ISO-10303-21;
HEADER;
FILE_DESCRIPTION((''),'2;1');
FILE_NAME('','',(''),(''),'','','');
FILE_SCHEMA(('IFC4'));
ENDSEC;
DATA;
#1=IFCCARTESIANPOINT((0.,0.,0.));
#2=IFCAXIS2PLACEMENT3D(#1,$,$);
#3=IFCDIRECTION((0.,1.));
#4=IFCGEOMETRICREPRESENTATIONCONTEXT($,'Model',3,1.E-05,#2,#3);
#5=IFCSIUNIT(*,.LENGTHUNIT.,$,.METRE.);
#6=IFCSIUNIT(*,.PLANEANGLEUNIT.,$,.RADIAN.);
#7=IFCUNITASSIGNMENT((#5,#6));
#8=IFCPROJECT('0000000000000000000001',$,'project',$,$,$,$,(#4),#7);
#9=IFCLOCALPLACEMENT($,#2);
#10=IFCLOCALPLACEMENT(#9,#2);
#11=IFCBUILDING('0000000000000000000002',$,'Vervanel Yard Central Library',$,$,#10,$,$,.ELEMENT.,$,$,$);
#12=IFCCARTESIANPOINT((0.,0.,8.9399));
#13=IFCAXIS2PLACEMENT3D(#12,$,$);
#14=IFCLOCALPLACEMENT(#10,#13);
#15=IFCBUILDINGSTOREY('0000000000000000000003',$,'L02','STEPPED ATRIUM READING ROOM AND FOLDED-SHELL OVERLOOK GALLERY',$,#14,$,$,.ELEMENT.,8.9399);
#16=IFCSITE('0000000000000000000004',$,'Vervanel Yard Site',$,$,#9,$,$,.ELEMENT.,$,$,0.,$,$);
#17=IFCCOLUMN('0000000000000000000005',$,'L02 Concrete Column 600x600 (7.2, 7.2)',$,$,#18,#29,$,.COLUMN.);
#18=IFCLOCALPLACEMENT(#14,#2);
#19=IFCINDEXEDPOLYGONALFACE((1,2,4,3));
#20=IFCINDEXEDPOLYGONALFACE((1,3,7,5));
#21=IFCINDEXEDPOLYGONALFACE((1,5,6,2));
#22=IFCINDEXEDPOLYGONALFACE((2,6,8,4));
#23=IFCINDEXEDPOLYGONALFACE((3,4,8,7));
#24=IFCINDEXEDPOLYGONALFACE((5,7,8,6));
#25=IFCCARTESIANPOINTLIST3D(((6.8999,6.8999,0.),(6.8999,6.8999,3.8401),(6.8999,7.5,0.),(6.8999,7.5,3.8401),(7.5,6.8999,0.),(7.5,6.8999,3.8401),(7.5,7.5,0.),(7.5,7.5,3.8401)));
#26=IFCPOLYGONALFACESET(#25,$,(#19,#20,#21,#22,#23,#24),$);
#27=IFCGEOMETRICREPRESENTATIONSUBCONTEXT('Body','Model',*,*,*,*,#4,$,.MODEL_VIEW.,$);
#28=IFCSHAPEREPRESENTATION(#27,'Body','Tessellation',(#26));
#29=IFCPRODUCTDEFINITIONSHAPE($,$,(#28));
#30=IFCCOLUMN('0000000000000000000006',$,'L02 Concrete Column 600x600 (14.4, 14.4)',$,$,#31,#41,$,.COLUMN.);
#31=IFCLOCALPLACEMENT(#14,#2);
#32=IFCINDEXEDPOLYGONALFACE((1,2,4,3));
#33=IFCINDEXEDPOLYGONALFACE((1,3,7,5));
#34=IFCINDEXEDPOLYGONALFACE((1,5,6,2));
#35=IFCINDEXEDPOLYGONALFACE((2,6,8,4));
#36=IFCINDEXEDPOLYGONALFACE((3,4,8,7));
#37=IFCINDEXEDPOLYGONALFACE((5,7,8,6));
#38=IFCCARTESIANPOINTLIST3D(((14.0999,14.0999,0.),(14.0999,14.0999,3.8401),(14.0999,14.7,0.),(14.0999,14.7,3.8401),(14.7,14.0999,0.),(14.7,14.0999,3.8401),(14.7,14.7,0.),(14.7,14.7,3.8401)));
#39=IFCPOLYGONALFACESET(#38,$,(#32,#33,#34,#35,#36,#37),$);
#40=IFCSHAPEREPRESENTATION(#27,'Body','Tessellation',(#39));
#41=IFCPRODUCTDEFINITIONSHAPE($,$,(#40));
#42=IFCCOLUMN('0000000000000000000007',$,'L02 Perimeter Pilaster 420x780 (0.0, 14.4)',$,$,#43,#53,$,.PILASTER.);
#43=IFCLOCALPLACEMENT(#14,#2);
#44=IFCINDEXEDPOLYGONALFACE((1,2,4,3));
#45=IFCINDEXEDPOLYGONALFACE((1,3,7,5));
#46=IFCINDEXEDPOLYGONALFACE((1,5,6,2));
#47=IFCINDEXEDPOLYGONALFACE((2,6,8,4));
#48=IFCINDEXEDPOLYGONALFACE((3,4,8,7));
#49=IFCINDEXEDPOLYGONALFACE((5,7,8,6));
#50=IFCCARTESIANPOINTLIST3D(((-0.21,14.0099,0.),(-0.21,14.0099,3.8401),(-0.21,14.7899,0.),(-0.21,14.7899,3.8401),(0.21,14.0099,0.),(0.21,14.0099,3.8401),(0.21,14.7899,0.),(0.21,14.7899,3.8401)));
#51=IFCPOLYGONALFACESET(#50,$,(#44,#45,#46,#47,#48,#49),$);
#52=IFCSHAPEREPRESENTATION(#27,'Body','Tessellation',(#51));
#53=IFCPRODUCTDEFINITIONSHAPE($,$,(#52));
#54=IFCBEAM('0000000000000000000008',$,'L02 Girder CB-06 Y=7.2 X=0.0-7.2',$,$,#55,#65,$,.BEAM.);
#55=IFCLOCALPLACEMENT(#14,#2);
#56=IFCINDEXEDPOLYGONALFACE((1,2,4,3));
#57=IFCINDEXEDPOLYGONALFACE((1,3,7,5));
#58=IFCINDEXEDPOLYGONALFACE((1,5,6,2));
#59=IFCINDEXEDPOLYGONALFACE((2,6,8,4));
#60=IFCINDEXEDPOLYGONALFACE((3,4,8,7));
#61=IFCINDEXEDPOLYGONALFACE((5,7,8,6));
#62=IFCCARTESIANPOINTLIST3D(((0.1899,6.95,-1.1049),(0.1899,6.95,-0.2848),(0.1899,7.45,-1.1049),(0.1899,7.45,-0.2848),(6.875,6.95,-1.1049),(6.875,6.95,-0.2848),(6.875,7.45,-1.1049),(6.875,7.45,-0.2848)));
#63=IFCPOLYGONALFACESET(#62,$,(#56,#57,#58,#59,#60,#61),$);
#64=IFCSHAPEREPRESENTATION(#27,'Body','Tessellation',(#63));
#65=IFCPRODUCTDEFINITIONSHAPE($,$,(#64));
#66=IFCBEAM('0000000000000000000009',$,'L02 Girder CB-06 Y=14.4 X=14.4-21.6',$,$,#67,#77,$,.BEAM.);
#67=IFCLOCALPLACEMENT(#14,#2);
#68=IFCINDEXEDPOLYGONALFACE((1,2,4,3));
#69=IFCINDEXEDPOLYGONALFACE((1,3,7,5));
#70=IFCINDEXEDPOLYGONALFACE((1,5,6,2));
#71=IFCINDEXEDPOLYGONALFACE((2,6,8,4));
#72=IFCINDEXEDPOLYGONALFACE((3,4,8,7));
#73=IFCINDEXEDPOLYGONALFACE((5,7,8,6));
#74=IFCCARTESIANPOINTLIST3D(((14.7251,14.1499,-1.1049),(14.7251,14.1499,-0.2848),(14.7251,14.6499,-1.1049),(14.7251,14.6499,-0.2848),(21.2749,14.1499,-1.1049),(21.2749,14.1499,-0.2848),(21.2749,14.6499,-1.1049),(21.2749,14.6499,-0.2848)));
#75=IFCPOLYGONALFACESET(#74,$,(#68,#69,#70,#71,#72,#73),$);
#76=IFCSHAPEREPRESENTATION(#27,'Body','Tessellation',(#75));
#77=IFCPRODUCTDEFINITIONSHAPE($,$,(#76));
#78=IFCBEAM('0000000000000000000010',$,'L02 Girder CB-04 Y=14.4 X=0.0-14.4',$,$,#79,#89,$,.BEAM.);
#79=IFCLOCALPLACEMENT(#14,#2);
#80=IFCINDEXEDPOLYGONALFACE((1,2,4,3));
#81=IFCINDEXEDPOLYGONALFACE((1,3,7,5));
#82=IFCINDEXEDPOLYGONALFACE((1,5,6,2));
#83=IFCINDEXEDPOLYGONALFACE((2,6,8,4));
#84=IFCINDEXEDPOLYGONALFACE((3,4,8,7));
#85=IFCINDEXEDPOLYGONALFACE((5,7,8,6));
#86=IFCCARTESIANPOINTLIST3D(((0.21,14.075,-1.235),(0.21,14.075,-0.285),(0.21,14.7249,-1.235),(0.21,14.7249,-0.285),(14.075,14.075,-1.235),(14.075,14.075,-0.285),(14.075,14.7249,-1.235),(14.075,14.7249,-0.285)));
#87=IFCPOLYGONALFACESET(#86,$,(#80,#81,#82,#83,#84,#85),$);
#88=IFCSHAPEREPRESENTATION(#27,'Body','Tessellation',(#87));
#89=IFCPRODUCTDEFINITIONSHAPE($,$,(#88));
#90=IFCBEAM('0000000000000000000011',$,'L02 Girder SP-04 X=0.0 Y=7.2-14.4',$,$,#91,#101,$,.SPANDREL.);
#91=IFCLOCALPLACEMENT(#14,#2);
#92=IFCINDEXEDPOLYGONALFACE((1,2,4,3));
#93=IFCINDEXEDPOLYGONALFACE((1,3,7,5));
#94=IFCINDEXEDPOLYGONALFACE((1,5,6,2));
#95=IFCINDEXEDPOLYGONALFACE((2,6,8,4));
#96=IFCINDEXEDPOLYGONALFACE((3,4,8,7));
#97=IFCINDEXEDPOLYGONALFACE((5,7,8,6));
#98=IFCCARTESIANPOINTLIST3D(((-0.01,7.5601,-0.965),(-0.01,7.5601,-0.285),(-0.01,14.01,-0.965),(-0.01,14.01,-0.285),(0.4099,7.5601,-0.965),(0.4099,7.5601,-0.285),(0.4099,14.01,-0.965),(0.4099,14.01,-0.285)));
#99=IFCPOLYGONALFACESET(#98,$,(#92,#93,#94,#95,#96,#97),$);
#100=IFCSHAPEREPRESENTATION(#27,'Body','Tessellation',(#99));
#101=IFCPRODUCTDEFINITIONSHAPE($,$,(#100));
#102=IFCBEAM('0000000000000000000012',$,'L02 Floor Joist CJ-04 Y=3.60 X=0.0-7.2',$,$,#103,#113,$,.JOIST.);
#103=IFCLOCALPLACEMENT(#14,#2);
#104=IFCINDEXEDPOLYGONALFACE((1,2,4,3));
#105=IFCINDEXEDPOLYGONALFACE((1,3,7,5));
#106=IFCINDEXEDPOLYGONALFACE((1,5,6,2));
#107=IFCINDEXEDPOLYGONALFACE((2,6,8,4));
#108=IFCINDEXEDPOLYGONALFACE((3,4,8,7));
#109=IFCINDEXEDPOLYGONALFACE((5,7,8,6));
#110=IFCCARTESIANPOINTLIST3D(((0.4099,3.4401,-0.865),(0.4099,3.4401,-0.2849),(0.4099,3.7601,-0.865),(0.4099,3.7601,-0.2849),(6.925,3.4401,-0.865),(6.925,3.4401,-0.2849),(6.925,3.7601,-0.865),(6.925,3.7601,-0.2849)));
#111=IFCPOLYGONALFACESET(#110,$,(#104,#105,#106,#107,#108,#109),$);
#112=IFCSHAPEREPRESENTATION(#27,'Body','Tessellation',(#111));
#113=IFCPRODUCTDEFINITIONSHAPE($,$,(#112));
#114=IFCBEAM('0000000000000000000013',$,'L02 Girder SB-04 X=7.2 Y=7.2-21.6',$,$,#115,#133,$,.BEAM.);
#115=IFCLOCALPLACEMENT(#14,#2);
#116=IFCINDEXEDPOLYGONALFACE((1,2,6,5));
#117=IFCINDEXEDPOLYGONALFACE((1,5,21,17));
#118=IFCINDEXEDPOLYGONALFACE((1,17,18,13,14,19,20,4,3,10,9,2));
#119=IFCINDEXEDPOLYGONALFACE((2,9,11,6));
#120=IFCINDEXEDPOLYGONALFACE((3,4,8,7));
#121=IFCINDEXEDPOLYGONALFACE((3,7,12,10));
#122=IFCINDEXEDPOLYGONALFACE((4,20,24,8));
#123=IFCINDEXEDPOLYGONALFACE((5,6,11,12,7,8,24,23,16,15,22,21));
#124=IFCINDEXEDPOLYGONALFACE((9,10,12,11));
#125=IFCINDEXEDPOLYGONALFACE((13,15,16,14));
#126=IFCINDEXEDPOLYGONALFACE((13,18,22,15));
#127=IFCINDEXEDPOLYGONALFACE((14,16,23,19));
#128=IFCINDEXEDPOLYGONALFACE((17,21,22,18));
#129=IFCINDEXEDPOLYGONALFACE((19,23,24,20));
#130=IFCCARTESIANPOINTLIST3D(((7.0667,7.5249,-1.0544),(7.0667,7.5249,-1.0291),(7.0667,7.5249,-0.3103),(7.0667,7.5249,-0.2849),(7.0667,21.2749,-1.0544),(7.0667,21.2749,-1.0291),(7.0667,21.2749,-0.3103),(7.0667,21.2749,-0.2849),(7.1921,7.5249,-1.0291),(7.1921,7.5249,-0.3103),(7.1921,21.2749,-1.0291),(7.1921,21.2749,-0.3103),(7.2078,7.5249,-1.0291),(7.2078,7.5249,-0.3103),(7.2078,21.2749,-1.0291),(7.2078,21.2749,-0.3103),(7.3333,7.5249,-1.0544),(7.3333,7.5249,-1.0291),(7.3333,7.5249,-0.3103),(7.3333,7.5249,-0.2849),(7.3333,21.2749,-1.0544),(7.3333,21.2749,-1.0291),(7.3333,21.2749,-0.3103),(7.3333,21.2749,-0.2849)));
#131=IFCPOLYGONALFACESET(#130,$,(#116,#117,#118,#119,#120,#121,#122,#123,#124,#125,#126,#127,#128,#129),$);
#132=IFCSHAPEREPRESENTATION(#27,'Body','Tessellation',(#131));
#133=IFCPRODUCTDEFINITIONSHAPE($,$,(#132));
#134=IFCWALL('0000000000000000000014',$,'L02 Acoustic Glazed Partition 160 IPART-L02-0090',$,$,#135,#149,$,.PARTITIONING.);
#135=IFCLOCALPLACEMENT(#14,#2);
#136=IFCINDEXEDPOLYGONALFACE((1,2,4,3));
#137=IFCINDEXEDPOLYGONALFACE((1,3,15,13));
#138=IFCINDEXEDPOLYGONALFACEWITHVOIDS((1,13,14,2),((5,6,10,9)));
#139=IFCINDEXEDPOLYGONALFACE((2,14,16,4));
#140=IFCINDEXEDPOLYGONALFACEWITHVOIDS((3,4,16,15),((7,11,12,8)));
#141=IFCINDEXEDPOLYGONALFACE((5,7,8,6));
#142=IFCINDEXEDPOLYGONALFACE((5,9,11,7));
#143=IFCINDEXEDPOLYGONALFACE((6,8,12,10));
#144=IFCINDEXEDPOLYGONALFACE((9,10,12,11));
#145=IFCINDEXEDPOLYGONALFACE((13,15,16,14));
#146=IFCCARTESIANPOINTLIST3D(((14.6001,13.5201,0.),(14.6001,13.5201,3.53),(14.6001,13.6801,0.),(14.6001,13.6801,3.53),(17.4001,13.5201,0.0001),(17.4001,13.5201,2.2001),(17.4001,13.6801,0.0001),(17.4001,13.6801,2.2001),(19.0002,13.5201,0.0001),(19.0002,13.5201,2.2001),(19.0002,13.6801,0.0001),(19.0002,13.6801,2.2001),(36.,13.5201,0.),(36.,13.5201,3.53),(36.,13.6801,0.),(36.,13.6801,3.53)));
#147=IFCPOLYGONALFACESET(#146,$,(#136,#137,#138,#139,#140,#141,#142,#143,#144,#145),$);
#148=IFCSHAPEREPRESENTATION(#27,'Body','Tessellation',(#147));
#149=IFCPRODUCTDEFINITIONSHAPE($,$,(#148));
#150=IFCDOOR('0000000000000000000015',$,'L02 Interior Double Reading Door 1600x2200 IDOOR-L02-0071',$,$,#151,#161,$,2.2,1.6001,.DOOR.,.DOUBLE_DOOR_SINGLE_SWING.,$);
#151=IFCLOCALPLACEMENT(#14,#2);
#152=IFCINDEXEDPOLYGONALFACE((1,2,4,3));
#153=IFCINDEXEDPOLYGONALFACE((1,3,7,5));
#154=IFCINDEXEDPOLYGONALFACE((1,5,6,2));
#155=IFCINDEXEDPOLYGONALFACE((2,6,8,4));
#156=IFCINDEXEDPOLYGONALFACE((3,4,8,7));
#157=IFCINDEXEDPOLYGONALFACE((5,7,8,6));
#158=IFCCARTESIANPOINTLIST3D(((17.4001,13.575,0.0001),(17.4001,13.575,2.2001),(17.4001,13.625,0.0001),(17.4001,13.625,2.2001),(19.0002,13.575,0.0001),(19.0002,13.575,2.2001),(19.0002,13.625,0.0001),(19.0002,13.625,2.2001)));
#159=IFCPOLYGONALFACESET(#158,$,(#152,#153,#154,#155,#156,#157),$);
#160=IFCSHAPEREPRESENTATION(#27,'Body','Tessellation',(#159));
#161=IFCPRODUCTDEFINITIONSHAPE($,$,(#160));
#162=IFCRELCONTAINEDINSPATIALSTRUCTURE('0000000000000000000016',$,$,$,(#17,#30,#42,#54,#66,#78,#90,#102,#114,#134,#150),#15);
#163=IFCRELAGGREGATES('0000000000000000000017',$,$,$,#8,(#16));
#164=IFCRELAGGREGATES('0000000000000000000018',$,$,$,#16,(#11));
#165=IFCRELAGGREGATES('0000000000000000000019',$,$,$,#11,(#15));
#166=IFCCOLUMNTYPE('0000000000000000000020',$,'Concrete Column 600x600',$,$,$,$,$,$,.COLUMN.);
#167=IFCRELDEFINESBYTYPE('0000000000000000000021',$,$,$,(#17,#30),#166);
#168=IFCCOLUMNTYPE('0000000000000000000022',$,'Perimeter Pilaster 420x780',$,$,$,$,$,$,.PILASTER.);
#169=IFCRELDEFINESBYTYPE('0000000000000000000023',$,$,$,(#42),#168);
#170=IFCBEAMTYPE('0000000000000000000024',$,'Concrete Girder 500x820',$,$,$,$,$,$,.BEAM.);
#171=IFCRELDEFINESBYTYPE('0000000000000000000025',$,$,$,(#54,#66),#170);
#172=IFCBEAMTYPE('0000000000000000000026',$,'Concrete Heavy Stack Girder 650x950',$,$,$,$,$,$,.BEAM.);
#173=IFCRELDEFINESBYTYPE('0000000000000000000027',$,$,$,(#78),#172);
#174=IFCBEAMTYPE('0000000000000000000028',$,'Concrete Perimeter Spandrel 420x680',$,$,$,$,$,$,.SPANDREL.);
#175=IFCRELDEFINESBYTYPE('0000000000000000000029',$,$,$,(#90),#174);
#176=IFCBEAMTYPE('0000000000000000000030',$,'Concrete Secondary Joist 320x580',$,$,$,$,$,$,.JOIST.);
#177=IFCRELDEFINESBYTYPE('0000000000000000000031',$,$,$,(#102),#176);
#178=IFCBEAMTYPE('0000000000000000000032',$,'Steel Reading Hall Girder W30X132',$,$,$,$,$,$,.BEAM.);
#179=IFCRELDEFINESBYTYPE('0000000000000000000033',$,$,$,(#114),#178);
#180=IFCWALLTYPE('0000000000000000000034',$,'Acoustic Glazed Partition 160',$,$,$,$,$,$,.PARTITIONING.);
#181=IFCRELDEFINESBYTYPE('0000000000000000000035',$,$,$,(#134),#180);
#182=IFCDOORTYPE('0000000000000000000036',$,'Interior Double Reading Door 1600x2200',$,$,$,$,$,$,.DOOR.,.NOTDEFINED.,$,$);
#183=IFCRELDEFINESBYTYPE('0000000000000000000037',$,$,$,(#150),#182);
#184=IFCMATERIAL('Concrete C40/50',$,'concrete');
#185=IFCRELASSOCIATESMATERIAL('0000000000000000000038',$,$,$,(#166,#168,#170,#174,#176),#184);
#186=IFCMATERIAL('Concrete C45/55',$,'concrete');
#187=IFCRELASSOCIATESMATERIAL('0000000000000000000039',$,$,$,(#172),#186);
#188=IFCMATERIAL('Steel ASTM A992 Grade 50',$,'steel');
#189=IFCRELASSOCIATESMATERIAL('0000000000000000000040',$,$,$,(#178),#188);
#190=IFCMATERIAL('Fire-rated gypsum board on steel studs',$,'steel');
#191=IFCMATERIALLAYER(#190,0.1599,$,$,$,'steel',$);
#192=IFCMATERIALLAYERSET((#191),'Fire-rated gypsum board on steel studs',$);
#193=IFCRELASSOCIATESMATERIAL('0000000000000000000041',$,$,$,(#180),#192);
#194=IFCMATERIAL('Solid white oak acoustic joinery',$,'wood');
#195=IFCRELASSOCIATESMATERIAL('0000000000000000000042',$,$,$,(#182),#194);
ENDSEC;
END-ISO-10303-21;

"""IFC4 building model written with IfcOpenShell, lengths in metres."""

from ifc_helpers import new_model, si_unit, direction, frame, frame_2d, origin, origin_2d, place, context, subcontext, project, spatial, rectangle, i_section, extrude, material, layer, layer_set, material_profile, profile_set, type_object, element, fill, save


model = new_model("IFC4")

# Units and contexts
model_context = context("Model", 3, precision=1e-05, world=origin(), true_north=direction((0.0, 1.0)))
body_context = subcontext(model_context, "Body", "Model", "MODEL_VIEW")
ifc_project = project(units=[si_unit("LENGTHUNIT", "METRE"), si_unit("PLANEANGLEUNIT", "RADIAN")], contexts=[model_context])

# Site, building, storey
site_placement = place(None, origin())
site = spatial("IfcSite", under=ifc_project, at=site_placement, Name="Vervanel Yard Site", CompositionType="ELEMENT", RefElevation=0.0)
building_placement = place(site_placement, origin())
building = spatial("IfcBuilding", under=site, at=building_placement, Name="Vervanel Yard Central Library", CompositionType="ELEMENT")
storey_placement = place(building_placement, frame((0.0, 0.0, 8.9399)))
storey = spatial("IfcBuildingStorey", under=building, at=storey_placement, Name="L02", Description="STEPPED ATRIUM READING ROOM AND FOLDED-SHELL OVERLOOK GALLERY", CompositionType="ELEMENT", Elevation=8.9399)

# Columns
ifc_material_1 = material(Name="Concrete C40/50", Category="concrete")
ifc_material_profile_1 = material_profile(ifc_material_1, rectangle(XDim=0.6001, YDim=0.6001, at=origin_2d()), Name="RC 600x600", Category="concrete")
ifc_profile_set_1 = profile_set([ifc_material_profile_1], Name="Concrete C40/50")
column_type_1 = type_object("IfcColumnType", Name="Concrete Column 600x600", PredefinedType="COLUMN", material=ifc_profile_set_1)
for number, where, z_axis, x_axis, name in (
    (1, (7.2, 7.2, 0.0), (0.0, 0.0, 1.0), (1.0, 0.0, 0.0), "L02 Concrete Column 600x600 (7.2, 7.2)"),
    (2, (14.3999, 14.3999, 0.0), (0.0, 0.0, 1.0), (1.0, 0.0, 0.0), "L02 Concrete Column 600x600 (14.4, 14.4)"),
):
    element("IfcColumn", number, at=place(storey_placement, frame(where, z_axis=z_axis, x_axis=x_axis)), inside=storey, type_object=column_type_1, Name=name, PredefinedType="COLUMN", context=body_context, shape_type="SweptSolid", body=[
        extrude(rectangle(XDim=0.6001, YDim=0.6001, at=origin_2d()), origin(), (0.0, 0.0, 1.0), 3.8401),
    ])
ifc_material_profile_2 = material_profile(ifc_material_1, rectangle(XDim=0.4199, YDim=0.78, at=origin_2d()), Name="RC 420x780", Category="concrete")
ifc_profile_set_2 = profile_set([ifc_material_profile_2], Name="Concrete C40/50")
column_type_2 = type_object("IfcColumnType", Name="Perimeter Pilaster 420x780", PredefinedType="PILASTER", material=ifc_profile_set_2)
column_placement = place(storey_placement, frame((0.0, 14.3999, 0.0), z_axis=(0.0, 0.0, 1.0), x_axis=(1.0, 0.0, 0.0)))
element("IfcColumn", 3, at=column_placement, inside=storey, type_object=column_type_2, Name="L02 Perimeter Pilaster 420x780 (0.0, 14.4)", PredefinedType="PILASTER", context=body_context, shape_type="SweptSolid", body=[
    extrude(rectangle(XDim=0.4199, YDim=0.78, at=origin_2d()), origin(), (0.0, 0.0, 1.0), 3.8401),
])

# Beams
ifc_material_profile_3 = material_profile(ifc_material_1, rectangle(XDim=0.5, YDim=0.8201, at=origin_2d()), Name="RC 500x820", Category="concrete")
ifc_profile_set_3 = profile_set([ifc_material_profile_3], Name="Concrete C40/50")
beam_type_1 = type_object("IfcBeamType", Name="Concrete Girder 500x820", PredefinedType="BEAM", material=ifc_profile_set_3)
beam_1_placement = place(storey_placement, frame((0.1899, 7.2, -0.6948), z_axis=(1.0, 0.0, 0.0), x_axis=(0.0, 1.0, 0.0)))
element("IfcBeam", 4, at=beam_1_placement, inside=storey, type_object=beam_type_1, Name="L02 Girder CB-06 Y=7.2 X=0.0-7.2", PredefinedType="BEAM", context=body_context, shape_type="SweptSolid", body=[
    extrude(rectangle(XDim=0.5, YDim=0.8201, at=origin_2d()), origin(), (0.0, 0.0, 1.0), 6.6851),
])
beam_2_placement = place(storey_placement, frame((14.7251, 14.3999, -0.6948), z_axis=(1.0, 0.0, 0.0), x_axis=(0.0, 1.0, 0.0)))
element("IfcBeam", 5, at=beam_2_placement, inside=storey, type_object=beam_type_1, Name="L02 Girder CB-06 Y=14.4 X=14.4-21.6", PredefinedType="BEAM", context=body_context, shape_type="SweptSolid", body=[
    extrude(rectangle(XDim=0.5, YDim=0.8201, at=origin_2d()), origin(), (0.0, 0.0, 1.0), 6.5498),
])
ifc_material_2 = material(Name="Concrete C45/55", Category="concrete")
ifc_material_profile_4 = material_profile(ifc_material_2, rectangle(XDim=0.6499, YDim=0.95, at=origin_2d()), Name="RC 650x950", Category="concrete")
ifc_profile_set_4 = profile_set([ifc_material_profile_4], Name="Concrete C45/55")
beam_type_2 = type_object("IfcBeamType", Name="Concrete Heavy Stack Girder 650x950", PredefinedType="BEAM", material=ifc_profile_set_4)
beam_3_placement = place(storey_placement, frame((0.21, 14.3999, -0.76), z_axis=(1.0, 0.0, 0.0), x_axis=(0.0, 1.0, 0.0)))
element("IfcBeam", 6, at=beam_3_placement, inside=storey, type_object=beam_type_2, Name="L02 Girder CB-04 Y=14.4 X=0.0-14.4", PredefinedType="BEAM", context=body_context, shape_type="SweptSolid", body=[
    extrude(rectangle(XDim=0.6499, YDim=0.95, at=origin_2d()), origin(), (0.0, 0.0, 1.0), 13.865),
])
ifc_material_profile_5 = material_profile(ifc_material_1, rectangle(XDim=0.4199, YDim=0.6799, at=origin_2d()), Name="RC 420x680", Category="concrete")
ifc_profile_set_5 = profile_set([ifc_material_profile_5], Name="Concrete C40/50")
beam_type_3 = type_object("IfcBeamType", Name="Concrete Perimeter Spandrel 420x680", PredefinedType="SPANDREL", material=ifc_profile_set_5)
beam_4_placement = place(storey_placement, frame((0.2, 7.5601, -0.625), z_axis=(0.0, 1.0, 0.0), x_axis=(-1.0, 0.0, 0.0)))
element("IfcBeam", 7, at=beam_4_placement, inside=storey, type_object=beam_type_3, Name="L02 Girder SP-04 X=0.0 Y=7.2-14.4", PredefinedType="SPANDREL", context=body_context, shape_type="SweptSolid", body=[
    extrude(rectangle(XDim=0.4199, YDim=0.6799, at=origin_2d()), origin(), (0.0, 0.0, 1.0), 6.45),
])
ifc_material_profile_6 = material_profile(ifc_material_1, rectangle(XDim=0.3201, YDim=0.5801, at=origin_2d()), Name="RC 320x580", Category="concrete")
ifc_profile_set_6 = profile_set([ifc_material_profile_6], Name="Concrete C40/50")
beam_type_4 = type_object("IfcBeamType", Name="Concrete Secondary Joist 320x580", PredefinedType="JOIST", material=ifc_profile_set_6)
beam_5_placement = place(storey_placement, frame((0.4099, 3.6001, -0.575), z_axis=(1.0, 0.0, 0.0), x_axis=(0.0, 1.0, 0.0)))
element("IfcBeam", 8, at=beam_5_placement, inside=storey, type_object=beam_type_4, Name="L02 Floor Joist CJ-04 Y=3.60 X=0.0-7.2", PredefinedType="JOIST", context=body_context, shape_type="SweptSolid", body=[
    extrude(rectangle(XDim=0.3201, YDim=0.5801, at=origin_2d()), origin(), (0.0, 0.0, 1.0), 6.5151),
])
ifc_material_3 = material(Name="Steel ASTM A992 Grade 50", Category="steel")
ifc_material_profile_7 = material_profile(ifc_material_3, i_section(OverallWidth=0.2666, OverallDepth=0.7695, WebThickness=0.0156, FlangeThickness=0.0254, at=origin_2d()), Name="W30X132", Category="steel")
ifc_profile_set_7 = profile_set([ifc_material_profile_7], Name="Steel ASTM A992 Grade 50")
beam_type_5 = type_object("IfcBeamType", Name="Steel Reading Hall Girder W30X132", PredefinedType="BEAM", material=ifc_profile_set_7)
beam_6_placement = place(storey_placement, frame((7.2, 7.5249, -0.6697), z_axis=(0.0, 1.0, 0.0), x_axis=(-1.0, 0.0, 0.0)))
element("IfcBeam", 9, at=beam_6_placement, inside=storey, type_object=beam_type_5, Name="L02 Girder SB-04 X=7.2 Y=7.2-21.6", PredefinedType="BEAM", context=body_context, shape_type="SweptSolid", body=[
    extrude(i_section(OverallWidth=0.2666, OverallDepth=0.7695, WebThickness=0.0156, FlangeThickness=0.0254, at=origin_2d()), origin(), (0.0, 0.0, 1.0), 13.75),
])

# Wall, opening, door
ifc_material_4 = material(Name="Fire-rated gypsum board on steel studs", Category="steel")
ifc_layer_1 = layer(ifc_material_4, 0.1599, Category="steel")
ifc_layer_set_1 = layer_set([ifc_layer_1], Name="Fire-rated gypsum board on steel studs")
wall_type_1 = type_object("IfcWallType", Name="Acoustic Glazed Partition 160", PredefinedType="PARTITIONING", material=ifc_layer_set_1)
wall_1_placement = place(storey_placement, frame((14.6001, 13.6001, 0.0), z_axis=(0.0, 0.0, 1.0), x_axis=(1.0, 0.0, 0.0)))
wall_1 = element("IfcWall", 10, at=wall_1_placement, inside=storey, type_object=wall_type_1, Name="L02 Acoustic Glazed Partition 160 IPART-L02-0090", PredefinedType="PARTITIONING", context=body_context, shape_type="SweptSolid", body=[
    extrude(rectangle(XDim=21.3999, YDim=0.1599, at=frame_2d((10.7, 0.0))), origin(), (0.0, 0.0, 1.0), 3.53),
])
opening_1_placement = place(wall_1_placement, frame((2.8, 0.0, 0.0)))
opening_1 = element("IfcOpeningElement", 11, at=opening_1_placement, cuts=wall_1, PredefinedType="OPENING", context=body_context, shape_type="SweptSolid", body=[
    extrude(rectangle(XDim=1.6001, YDim=2.2, at=frame_2d((0.8, 1.1001))), frame((0.0, 0.0898, 0.0), z_axis=(0.0, -1.0, 0.0), x_axis=(1.0, 0.0, 0.0)), (0.0, 0.0, 1.0), 0.1799),
])
ifc_material_5 = material(Name="Solid white oak acoustic joinery", Category="wood")
door_type_1 = type_object("IfcDoorType", Name="Interior Double Reading Door 1600x2200", OperationType="NOTDEFINED", PredefinedType="DOOR", material=ifc_material_5)
door_1_placement = place(opening_1_placement, origin())
door_1 = element("IfcDoor", 12, at=door_1_placement, inside=storey, type_object=door_type_1, Name="L02 Interior Double Reading Door 1600x2200 IDOOR-L02-0071", OperationType="DOUBLE_DOOR_SINGLE_SWING", OverallHeight=2.2, OverallWidth=1.6001, PredefinedType="DOOR", context=body_context, shape_type="SweptSolid", body=[
    extrude(rectangle(XDim=1.6001, YDim=2.2, at=frame_2d((0.8, 1.1001))), frame((0.0, 0.0249, 0.0), z_axis=(0.0, -1.0, 0.0), x_axis=(1.0, 0.0, 0.0)), (0.0, 0.0, 1.0), 0.05),
])
fill(opening_1, door_1)

save(model, "model.ifc")
